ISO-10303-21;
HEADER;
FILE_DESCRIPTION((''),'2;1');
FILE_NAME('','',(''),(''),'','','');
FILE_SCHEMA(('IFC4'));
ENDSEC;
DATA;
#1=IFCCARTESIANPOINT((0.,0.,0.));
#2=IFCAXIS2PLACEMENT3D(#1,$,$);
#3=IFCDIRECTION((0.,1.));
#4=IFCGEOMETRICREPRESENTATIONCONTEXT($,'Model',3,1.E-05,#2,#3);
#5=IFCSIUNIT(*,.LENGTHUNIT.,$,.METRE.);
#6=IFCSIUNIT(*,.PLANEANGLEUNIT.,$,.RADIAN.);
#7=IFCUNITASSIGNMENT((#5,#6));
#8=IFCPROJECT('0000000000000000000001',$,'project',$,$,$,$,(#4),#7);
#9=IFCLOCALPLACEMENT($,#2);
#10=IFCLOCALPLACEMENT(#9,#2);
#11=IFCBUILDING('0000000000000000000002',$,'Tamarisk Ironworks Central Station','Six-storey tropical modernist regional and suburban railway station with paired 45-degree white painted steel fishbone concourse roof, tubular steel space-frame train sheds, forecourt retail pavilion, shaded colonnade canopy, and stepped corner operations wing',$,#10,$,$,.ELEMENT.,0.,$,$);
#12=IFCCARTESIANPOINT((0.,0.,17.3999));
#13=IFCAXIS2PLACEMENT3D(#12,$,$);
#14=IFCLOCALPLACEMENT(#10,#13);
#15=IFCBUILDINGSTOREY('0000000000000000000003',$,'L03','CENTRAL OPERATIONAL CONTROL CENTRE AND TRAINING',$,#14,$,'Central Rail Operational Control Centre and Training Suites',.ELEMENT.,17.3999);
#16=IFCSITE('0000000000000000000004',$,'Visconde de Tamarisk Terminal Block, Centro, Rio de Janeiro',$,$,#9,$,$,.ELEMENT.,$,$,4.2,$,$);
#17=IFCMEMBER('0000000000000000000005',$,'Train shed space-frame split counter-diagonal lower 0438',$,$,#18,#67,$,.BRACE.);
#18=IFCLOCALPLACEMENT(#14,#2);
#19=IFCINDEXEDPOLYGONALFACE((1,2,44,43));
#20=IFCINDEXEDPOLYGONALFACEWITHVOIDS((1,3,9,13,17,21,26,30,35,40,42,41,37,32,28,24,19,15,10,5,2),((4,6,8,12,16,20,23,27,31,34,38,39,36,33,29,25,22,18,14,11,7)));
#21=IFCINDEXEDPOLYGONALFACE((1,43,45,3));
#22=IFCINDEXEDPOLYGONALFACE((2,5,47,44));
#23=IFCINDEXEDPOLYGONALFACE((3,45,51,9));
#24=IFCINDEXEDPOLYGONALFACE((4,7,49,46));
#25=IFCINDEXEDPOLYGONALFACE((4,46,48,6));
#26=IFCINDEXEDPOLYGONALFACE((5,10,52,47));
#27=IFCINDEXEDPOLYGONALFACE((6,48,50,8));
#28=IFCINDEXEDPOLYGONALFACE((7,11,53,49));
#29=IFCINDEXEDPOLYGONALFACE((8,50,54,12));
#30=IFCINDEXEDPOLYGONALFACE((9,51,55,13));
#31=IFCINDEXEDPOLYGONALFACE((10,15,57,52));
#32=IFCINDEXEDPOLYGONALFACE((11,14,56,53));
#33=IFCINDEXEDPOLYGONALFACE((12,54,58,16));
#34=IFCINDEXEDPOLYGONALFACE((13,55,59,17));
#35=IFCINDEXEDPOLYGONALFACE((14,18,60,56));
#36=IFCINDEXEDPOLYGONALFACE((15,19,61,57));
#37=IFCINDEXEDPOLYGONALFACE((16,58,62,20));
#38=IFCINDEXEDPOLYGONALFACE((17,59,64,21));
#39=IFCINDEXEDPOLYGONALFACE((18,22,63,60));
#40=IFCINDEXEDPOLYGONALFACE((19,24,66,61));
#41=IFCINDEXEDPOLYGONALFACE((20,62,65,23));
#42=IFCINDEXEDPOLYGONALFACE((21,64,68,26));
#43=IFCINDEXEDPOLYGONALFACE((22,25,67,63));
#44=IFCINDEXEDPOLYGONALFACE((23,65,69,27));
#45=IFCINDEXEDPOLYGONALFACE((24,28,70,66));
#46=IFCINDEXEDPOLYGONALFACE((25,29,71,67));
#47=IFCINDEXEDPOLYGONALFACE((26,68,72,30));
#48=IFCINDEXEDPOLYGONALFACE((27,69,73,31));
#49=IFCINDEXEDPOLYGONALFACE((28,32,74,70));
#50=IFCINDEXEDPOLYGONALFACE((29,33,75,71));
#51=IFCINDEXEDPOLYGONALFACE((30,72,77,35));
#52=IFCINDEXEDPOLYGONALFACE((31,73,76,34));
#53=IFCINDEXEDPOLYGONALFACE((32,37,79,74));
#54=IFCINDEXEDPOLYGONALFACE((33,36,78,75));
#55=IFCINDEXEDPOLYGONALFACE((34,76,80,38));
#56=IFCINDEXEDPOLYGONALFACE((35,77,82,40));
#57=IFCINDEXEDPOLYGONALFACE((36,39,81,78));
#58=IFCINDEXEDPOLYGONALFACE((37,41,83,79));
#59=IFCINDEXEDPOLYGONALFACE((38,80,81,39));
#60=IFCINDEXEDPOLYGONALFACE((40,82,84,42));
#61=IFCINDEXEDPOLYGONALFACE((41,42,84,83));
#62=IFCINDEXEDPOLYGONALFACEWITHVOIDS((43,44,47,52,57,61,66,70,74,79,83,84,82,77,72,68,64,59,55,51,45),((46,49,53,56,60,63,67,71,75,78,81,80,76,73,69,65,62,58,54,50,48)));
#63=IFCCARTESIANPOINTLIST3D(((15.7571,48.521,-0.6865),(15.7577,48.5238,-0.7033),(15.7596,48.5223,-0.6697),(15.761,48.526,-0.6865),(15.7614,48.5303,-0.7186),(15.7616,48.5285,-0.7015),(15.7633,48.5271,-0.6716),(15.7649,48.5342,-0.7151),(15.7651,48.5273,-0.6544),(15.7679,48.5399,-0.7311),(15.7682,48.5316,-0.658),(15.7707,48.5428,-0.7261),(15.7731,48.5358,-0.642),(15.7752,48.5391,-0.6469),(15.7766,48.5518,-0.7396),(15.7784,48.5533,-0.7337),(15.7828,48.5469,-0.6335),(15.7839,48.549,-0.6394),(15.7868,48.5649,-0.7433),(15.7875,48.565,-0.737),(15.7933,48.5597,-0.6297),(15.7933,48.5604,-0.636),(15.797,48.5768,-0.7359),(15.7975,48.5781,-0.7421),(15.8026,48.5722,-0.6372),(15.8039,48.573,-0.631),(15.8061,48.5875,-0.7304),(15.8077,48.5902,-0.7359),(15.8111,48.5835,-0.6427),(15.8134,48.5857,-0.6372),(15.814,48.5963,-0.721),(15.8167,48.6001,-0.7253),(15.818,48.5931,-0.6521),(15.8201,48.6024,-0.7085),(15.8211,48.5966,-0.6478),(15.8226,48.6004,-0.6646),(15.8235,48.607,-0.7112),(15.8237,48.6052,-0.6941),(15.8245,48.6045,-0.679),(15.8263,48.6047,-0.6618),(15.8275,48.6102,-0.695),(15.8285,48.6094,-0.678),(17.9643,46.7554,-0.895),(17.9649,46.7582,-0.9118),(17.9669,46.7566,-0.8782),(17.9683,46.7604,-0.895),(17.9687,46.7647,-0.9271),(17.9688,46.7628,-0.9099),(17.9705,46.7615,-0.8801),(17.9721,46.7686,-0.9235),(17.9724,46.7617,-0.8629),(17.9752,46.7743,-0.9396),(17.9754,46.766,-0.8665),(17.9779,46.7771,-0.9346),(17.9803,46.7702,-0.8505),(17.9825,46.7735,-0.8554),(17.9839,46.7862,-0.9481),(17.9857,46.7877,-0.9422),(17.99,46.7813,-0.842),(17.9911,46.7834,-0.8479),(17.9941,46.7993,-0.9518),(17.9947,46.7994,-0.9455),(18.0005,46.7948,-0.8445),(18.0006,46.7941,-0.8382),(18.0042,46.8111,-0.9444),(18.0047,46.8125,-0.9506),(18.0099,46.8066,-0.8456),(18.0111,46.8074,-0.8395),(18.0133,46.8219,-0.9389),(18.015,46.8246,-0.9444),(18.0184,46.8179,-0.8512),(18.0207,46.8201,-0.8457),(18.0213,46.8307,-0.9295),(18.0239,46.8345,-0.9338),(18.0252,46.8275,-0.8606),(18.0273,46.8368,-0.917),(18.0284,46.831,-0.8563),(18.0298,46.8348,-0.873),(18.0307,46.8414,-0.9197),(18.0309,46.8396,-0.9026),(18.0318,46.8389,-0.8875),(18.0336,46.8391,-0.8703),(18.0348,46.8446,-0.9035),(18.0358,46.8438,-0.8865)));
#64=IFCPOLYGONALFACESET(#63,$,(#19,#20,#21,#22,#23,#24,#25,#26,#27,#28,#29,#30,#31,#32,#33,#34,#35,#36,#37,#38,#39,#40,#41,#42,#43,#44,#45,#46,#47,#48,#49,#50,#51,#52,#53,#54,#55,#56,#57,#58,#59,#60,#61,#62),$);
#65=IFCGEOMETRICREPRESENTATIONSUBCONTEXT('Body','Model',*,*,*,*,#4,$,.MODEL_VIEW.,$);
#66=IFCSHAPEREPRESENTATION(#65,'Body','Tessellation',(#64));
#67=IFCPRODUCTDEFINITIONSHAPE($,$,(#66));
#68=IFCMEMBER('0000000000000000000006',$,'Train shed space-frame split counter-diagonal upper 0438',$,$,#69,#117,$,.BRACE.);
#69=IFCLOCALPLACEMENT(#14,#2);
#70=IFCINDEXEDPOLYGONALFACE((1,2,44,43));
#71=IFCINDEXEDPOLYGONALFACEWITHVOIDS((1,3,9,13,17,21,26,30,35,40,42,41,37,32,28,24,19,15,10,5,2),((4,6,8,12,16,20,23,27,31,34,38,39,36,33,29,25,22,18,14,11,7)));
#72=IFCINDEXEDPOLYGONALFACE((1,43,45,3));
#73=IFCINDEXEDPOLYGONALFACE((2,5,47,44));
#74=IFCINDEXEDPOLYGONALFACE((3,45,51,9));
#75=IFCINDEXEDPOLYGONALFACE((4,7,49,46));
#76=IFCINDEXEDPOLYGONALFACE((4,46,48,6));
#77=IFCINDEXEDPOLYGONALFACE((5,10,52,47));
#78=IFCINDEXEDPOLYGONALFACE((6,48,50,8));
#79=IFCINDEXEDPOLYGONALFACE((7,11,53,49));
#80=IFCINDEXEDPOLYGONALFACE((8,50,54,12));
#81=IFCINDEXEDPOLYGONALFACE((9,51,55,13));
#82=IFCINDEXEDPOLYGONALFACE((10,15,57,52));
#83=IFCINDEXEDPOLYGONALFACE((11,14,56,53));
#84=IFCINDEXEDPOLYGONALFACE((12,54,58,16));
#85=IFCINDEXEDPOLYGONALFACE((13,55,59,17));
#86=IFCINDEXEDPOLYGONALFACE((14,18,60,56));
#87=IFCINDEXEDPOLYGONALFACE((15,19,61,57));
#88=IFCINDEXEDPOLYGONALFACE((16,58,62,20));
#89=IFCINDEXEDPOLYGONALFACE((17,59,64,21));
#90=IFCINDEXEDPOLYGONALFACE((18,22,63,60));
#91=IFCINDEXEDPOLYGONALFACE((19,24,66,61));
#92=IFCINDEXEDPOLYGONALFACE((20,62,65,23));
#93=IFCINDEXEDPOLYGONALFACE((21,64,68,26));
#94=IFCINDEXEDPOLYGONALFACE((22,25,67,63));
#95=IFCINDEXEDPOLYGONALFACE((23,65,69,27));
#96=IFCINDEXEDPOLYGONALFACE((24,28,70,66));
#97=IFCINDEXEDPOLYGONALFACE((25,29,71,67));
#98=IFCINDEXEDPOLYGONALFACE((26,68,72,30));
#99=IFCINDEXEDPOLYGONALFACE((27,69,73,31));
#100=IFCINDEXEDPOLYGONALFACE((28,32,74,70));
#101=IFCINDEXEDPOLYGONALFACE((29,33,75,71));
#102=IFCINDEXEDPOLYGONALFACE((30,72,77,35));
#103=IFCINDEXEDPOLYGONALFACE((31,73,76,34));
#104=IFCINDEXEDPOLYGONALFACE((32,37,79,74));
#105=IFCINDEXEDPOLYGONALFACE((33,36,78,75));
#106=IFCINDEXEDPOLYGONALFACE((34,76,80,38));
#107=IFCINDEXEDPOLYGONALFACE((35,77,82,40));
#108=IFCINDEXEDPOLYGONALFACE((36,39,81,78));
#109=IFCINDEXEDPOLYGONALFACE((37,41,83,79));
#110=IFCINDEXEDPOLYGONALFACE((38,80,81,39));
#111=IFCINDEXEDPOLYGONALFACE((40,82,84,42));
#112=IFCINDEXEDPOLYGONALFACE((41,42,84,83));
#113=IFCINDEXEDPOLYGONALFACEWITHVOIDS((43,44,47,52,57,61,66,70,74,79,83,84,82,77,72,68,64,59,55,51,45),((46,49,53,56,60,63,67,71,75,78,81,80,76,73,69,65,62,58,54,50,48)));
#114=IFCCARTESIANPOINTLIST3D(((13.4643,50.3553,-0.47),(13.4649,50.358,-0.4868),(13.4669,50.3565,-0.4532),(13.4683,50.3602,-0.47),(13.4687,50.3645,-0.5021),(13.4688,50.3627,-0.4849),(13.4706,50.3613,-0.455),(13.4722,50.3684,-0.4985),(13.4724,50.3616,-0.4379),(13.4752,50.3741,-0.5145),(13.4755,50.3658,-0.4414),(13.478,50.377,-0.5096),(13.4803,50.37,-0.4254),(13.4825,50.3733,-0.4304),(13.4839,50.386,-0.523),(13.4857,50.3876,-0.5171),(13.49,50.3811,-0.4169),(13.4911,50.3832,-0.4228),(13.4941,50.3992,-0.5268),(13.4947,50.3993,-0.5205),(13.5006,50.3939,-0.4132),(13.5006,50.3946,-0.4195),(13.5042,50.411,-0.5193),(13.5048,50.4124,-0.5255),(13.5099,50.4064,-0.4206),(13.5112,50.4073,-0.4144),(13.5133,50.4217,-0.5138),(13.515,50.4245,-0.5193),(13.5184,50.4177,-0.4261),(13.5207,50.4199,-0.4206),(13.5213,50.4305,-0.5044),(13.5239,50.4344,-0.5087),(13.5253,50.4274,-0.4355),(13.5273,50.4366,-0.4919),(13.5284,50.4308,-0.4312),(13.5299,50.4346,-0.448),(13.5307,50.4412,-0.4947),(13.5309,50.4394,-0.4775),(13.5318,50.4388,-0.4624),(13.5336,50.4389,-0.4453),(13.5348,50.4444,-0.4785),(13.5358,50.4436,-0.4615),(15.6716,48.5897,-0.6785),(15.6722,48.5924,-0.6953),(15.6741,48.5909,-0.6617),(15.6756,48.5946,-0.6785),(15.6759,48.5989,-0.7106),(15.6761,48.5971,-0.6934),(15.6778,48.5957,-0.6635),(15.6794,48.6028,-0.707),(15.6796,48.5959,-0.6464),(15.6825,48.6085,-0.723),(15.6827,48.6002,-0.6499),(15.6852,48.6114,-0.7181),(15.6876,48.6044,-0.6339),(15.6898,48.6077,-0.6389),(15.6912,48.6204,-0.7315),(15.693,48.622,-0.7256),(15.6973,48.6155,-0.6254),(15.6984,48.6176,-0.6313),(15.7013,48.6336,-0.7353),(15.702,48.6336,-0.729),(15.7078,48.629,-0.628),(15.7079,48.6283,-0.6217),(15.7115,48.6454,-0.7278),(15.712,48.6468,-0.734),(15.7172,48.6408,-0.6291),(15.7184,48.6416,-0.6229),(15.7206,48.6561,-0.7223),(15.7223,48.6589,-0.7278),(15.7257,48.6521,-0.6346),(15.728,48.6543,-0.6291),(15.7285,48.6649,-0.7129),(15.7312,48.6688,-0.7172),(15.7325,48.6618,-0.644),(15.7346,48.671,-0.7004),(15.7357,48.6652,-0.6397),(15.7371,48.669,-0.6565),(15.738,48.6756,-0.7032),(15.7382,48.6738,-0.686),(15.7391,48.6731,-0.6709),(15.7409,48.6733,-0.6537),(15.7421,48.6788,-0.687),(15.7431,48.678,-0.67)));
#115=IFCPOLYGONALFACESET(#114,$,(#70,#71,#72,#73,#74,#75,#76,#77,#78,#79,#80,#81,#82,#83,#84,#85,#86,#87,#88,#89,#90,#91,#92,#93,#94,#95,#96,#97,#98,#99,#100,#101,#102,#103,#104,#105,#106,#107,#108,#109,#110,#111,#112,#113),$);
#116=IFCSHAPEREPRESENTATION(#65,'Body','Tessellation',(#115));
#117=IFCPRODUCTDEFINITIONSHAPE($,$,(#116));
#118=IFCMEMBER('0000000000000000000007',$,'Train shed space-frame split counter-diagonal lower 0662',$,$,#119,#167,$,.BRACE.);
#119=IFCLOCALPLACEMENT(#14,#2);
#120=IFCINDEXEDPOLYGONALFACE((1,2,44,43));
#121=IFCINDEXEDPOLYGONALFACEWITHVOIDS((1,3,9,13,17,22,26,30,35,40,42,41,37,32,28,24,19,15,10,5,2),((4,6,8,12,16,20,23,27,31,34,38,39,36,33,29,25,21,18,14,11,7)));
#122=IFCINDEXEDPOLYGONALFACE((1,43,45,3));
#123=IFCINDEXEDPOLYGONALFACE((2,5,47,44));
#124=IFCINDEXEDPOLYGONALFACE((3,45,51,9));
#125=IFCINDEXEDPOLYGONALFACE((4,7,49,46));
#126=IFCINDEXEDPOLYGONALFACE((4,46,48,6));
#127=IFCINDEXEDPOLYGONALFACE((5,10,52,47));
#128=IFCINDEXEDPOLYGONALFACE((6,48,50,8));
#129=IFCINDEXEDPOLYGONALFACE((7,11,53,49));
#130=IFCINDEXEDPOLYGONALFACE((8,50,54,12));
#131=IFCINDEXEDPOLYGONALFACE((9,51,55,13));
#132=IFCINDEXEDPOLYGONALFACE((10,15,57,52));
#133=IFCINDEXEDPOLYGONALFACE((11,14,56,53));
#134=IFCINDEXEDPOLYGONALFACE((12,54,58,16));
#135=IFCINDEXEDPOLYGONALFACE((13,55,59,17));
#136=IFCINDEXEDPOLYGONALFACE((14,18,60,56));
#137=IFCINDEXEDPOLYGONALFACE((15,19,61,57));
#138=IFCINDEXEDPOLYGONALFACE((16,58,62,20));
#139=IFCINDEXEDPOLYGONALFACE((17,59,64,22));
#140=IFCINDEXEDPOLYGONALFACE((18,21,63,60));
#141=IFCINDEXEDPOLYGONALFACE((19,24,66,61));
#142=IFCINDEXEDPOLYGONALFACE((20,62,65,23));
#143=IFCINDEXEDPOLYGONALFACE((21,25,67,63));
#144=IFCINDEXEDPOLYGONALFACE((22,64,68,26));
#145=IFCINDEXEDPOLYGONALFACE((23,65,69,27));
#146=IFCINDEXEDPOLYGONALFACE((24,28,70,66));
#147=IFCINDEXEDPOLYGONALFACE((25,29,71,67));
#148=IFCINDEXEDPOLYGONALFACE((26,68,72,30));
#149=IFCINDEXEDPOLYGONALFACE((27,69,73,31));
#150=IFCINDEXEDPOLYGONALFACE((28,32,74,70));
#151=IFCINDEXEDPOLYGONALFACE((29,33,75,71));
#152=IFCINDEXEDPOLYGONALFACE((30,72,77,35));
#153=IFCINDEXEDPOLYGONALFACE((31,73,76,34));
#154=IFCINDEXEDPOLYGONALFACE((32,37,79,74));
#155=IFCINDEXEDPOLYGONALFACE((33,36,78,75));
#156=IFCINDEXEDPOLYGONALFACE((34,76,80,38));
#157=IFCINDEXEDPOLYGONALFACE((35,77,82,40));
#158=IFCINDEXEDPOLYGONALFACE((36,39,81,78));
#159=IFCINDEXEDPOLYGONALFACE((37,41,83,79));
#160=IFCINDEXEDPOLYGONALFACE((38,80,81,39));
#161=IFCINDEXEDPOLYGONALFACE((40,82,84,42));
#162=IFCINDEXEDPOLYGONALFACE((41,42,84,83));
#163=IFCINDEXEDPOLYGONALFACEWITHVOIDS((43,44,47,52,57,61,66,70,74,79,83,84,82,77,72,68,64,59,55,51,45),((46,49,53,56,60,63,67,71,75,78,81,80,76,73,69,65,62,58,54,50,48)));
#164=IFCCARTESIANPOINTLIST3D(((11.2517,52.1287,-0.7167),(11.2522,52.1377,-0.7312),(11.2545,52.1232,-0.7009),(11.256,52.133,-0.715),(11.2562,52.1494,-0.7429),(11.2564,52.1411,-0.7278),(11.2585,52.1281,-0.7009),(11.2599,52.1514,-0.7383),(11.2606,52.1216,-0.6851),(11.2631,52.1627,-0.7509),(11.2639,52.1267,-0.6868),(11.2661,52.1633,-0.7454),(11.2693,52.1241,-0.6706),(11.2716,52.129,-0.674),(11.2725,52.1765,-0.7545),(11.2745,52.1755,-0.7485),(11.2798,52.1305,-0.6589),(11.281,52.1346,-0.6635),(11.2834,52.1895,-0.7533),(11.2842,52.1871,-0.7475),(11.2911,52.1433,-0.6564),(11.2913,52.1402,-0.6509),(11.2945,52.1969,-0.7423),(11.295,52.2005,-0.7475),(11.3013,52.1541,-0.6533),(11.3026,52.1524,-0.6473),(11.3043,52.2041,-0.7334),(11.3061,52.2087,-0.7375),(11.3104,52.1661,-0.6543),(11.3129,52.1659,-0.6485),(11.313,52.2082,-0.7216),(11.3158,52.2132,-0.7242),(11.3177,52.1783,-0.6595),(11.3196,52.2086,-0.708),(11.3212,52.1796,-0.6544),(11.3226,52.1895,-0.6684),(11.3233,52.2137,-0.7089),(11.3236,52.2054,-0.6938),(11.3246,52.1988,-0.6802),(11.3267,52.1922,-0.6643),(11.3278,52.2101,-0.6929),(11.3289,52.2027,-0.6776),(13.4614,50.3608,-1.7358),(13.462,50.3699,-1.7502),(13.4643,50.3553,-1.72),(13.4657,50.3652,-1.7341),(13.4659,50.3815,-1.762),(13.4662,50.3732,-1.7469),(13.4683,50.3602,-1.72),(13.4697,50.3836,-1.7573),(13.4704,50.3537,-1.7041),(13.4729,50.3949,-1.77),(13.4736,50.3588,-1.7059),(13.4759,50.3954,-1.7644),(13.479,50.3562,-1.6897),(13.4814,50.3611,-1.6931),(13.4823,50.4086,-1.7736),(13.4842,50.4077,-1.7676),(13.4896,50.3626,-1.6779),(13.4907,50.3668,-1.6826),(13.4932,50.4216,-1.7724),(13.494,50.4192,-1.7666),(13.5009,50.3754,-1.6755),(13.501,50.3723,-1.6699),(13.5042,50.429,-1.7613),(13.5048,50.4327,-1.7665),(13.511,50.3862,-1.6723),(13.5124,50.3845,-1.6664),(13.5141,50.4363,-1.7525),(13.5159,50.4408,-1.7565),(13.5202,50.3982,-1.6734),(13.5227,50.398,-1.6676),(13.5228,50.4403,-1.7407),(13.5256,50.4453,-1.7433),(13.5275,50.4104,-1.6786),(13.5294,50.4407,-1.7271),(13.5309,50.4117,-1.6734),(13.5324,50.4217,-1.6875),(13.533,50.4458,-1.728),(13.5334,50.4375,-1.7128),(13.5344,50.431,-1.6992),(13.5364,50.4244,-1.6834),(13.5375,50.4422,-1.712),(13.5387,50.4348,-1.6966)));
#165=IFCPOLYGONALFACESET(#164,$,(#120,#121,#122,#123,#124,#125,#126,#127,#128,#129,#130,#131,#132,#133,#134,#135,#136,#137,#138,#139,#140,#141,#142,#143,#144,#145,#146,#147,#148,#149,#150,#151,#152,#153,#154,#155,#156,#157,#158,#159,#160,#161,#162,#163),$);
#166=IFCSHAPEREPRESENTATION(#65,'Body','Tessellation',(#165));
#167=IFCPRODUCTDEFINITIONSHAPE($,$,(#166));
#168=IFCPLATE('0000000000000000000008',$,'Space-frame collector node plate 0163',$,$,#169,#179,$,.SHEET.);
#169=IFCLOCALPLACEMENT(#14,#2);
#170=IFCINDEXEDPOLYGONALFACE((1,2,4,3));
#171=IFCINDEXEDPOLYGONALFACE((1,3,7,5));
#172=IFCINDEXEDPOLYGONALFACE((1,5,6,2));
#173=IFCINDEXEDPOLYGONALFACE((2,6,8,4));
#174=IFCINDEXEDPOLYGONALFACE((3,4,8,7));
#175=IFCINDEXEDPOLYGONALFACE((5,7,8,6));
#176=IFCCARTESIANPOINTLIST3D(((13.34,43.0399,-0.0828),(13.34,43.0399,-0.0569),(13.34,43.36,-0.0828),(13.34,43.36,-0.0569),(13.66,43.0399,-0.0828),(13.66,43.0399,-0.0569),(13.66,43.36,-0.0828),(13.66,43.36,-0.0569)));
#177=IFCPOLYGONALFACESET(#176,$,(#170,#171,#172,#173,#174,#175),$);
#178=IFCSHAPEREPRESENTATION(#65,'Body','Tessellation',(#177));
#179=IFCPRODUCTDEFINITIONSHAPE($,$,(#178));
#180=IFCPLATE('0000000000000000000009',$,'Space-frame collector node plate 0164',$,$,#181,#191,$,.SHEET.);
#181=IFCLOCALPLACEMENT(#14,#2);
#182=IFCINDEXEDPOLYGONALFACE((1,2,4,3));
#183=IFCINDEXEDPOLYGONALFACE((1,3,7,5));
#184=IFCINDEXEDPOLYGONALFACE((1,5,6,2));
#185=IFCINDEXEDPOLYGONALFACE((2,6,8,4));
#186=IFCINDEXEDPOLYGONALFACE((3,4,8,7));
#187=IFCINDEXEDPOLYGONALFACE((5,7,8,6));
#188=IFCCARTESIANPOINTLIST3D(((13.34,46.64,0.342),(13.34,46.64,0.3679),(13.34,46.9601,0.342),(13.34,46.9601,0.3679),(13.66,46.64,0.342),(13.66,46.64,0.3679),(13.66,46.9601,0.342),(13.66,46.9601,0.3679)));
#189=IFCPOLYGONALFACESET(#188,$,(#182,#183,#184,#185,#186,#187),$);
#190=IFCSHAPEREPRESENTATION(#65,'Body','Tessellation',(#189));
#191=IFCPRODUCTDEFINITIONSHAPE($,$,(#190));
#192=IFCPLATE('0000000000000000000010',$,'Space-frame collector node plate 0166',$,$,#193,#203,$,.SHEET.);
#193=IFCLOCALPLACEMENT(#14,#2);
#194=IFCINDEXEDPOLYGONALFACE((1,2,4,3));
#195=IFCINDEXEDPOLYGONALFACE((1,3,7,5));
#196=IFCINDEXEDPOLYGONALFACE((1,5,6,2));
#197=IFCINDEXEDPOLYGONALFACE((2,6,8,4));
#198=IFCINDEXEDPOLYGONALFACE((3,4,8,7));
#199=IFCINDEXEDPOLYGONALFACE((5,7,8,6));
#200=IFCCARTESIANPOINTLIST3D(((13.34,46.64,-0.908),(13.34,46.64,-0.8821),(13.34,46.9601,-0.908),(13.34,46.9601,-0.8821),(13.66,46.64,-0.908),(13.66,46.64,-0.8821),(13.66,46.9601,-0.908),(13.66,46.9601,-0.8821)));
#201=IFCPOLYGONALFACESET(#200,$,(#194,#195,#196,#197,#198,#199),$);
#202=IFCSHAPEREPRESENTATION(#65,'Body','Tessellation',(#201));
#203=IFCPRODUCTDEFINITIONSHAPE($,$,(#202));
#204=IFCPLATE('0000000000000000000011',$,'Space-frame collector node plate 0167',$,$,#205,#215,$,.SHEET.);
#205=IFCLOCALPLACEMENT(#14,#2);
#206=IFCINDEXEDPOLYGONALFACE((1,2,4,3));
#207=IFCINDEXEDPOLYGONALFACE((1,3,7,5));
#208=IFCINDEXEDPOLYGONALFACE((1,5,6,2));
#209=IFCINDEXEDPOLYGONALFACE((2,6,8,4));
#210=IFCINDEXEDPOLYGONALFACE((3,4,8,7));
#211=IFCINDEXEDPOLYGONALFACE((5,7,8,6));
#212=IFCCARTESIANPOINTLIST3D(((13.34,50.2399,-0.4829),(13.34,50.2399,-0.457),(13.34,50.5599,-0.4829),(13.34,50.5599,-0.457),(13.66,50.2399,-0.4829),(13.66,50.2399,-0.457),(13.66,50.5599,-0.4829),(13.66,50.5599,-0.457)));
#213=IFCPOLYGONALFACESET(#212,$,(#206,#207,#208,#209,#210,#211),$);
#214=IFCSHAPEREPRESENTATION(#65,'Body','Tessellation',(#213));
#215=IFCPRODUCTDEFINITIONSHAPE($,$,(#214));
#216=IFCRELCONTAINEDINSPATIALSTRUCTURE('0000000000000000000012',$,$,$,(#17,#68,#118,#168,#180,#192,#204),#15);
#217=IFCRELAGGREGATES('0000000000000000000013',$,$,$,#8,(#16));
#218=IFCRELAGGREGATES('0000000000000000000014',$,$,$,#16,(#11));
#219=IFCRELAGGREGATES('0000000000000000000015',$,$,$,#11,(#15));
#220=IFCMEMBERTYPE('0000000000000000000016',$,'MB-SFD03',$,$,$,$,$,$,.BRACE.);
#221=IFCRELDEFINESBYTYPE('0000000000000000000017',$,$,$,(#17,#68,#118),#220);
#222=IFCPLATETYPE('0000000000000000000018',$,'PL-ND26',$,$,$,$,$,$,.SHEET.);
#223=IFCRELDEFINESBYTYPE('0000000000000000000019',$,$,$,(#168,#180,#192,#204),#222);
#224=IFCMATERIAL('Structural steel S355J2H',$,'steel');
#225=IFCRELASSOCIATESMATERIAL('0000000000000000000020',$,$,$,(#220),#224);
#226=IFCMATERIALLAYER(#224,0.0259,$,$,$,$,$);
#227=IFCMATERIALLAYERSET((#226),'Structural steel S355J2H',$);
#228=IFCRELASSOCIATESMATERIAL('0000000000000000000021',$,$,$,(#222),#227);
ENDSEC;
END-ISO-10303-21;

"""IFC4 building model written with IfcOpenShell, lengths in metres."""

from ifc_helpers import new_model, si_unit, direction, frame, origin, origin_2d, place, context, subcontext, project, spatial, rectangle, hollow_circle, extrude, material, layer, layer_set, material_profile, profile_set, type_object, element, save


model = new_model("IFC4")

# Units and contexts
model_context = context("Model", 3, precision=1e-05, world=origin(), true_north=direction((0.0, 1.0)))
body_context = subcontext(model_context, "Body", "Model", "MODEL_VIEW")
ifc_project = project(units=[si_unit("LENGTHUNIT", "METRE"), si_unit("PLANEANGLEUNIT", "RADIAN")], contexts=[model_context])

# Site, building, storey
site_placement = place(None, origin())
site = spatial("IfcSite", under=ifc_project, at=site_placement, Name="Visconde de Tamarisk Terminal Block, Centro, Rio de Janeiro", CompositionType="ELEMENT", RefElevation=4.2)
building_placement = place(site_placement, origin())
building = spatial("IfcBuilding", under=site, at=building_placement, Name="Tamarisk Ironworks Central Station", Description="Six-storey tropical modernist regional and suburban railway station with paired 45-degree white painted steel fishbone concourse roof, tubular steel space-frame train sheds, forecourt retail pavilion, shaded colonnade canopy, and stepped corner operations wing", CompositionType="ELEMENT", ElevationOfRefHeight=0.0)
storey_placement = place(building_placement, frame((0.0, 0.0, 17.3999)))
storey = spatial("IfcBuildingStorey", under=building, at=storey_placement, Name="L03", Description="CENTRAL OPERATIONAL CONTROL CENTRE AND TRAINING", LongName="Central Rail Operational Control Centre and Training Suites", CompositionType="ELEMENT", Elevation=17.3999)

# Members
ifc_material = material(Name="Structural steel S355J2H", Category="steel")
ifc_material_profile_1 = material_profile(ifc_material, hollow_circle(Radius=0.0571, WallThickness=0.0063, at=origin_2d()), Name="CHS 114.3x6.3")
ifc_profile_set_1 = profile_set([ifc_material_profile_1], Name="Structural steel S355J2H")
member_type_1 = type_object("IfcMemberType", Name="MB-SFD03", PredefinedType="BRACE", material=ifc_profile_set_1)
for number, where, z_axis, x_axis, name in (
    (1, (18.0, 46.8, -0.895), (-0.778787, 0.62296, 0.073563), (-0.624653, -0.780903, 0.0), "Train shed space-frame split counter-diagonal lower 0438"),
    (2, (15.7073, 48.6343, -0.6785), (-0.778787, 0.62296, 0.073563), (-0.624653, -0.780903, 0.0), "Train shed space-frame split counter-diagonal upper 0438"),
):
    element("IfcMember", number, at=place(storey_placement, frame(where, z_axis=z_axis, x_axis=x_axis)), inside=storey, type_object=member_type_1, Name=name, PredefinedType="BRACE", context=body_context, shape_type="SweptSolid", body=[
        extrude(hollow_circle(Radius=0.0571, WallThickness=0.0063, at=origin_2d()), origin(), (0.0, 0.0, 1.0), 2.8342),
    ])
member_1_placement = place(storey_placement, frame((13.5, 50.3999, -1.72), z_axis=(-0.734677, 0.587758, 0.338807), x_axis=(-0.624706, -0.78086, 0.0)))
element("IfcMember", 3, at=member_1_placement, inside=storey, type_object=member_type_1, Name="Train shed space-frame split counter-diagonal lower 0662", PredefinedType="BRACE", context=body_context, shape_type="SweptSolid", body=[
    extrude(hollow_circle(Radius=0.0571, WallThickness=0.0063, at=origin_2d()), origin(), (0.0, 0.0, 1.0), 3.0078),
])

# Plates
ifc_layer = layer(ifc_material, 0.0259)
ifc_layer_set = layer_set([ifc_layer], Name="Structural steel S355J2H")
plate_type = type_object("IfcPlateType", Name="PL-ND26", PredefinedType="SHEET", material=ifc_layer_set)
for number, where, z_axis, x_axis, name in (
    (4, (13.5, 43.2, -0.0828), (0.0, 0.0, 1.0), (1.0, 0.0, 0.0), "Space-frame collector node plate 0163"),
    (5, (13.5, 46.8, 0.342), (0.0, 0.0, 1.0), (1.0, 0.0, 0.0), "Space-frame collector node plate 0164"),
    (6, (13.5, 46.8, -0.908), (0.0, 0.0, 1.0), (1.0, 0.0, 0.0), "Space-frame collector node plate 0166"),
    (7, (13.5, 50.3999, -0.4829), (0.0, 0.0, 1.0), (1.0, 0.0, 0.0), "Space-frame collector node plate 0167"),
):
    element("IfcPlate", number, at=place(storey_placement, frame(where, z_axis=z_axis, x_axis=x_axis)), inside=storey, type_object=plate_type, Name=name, PredefinedType="SHEET", context=body_context, shape_type="SweptSolid", body=[
        extrude(rectangle(XDim=0.3201, YDim=0.3201, at=origin_2d()), origin(), (0.0, 0.0, 1.0), 0.0259),
    ])

save(model, "model.ifc")
